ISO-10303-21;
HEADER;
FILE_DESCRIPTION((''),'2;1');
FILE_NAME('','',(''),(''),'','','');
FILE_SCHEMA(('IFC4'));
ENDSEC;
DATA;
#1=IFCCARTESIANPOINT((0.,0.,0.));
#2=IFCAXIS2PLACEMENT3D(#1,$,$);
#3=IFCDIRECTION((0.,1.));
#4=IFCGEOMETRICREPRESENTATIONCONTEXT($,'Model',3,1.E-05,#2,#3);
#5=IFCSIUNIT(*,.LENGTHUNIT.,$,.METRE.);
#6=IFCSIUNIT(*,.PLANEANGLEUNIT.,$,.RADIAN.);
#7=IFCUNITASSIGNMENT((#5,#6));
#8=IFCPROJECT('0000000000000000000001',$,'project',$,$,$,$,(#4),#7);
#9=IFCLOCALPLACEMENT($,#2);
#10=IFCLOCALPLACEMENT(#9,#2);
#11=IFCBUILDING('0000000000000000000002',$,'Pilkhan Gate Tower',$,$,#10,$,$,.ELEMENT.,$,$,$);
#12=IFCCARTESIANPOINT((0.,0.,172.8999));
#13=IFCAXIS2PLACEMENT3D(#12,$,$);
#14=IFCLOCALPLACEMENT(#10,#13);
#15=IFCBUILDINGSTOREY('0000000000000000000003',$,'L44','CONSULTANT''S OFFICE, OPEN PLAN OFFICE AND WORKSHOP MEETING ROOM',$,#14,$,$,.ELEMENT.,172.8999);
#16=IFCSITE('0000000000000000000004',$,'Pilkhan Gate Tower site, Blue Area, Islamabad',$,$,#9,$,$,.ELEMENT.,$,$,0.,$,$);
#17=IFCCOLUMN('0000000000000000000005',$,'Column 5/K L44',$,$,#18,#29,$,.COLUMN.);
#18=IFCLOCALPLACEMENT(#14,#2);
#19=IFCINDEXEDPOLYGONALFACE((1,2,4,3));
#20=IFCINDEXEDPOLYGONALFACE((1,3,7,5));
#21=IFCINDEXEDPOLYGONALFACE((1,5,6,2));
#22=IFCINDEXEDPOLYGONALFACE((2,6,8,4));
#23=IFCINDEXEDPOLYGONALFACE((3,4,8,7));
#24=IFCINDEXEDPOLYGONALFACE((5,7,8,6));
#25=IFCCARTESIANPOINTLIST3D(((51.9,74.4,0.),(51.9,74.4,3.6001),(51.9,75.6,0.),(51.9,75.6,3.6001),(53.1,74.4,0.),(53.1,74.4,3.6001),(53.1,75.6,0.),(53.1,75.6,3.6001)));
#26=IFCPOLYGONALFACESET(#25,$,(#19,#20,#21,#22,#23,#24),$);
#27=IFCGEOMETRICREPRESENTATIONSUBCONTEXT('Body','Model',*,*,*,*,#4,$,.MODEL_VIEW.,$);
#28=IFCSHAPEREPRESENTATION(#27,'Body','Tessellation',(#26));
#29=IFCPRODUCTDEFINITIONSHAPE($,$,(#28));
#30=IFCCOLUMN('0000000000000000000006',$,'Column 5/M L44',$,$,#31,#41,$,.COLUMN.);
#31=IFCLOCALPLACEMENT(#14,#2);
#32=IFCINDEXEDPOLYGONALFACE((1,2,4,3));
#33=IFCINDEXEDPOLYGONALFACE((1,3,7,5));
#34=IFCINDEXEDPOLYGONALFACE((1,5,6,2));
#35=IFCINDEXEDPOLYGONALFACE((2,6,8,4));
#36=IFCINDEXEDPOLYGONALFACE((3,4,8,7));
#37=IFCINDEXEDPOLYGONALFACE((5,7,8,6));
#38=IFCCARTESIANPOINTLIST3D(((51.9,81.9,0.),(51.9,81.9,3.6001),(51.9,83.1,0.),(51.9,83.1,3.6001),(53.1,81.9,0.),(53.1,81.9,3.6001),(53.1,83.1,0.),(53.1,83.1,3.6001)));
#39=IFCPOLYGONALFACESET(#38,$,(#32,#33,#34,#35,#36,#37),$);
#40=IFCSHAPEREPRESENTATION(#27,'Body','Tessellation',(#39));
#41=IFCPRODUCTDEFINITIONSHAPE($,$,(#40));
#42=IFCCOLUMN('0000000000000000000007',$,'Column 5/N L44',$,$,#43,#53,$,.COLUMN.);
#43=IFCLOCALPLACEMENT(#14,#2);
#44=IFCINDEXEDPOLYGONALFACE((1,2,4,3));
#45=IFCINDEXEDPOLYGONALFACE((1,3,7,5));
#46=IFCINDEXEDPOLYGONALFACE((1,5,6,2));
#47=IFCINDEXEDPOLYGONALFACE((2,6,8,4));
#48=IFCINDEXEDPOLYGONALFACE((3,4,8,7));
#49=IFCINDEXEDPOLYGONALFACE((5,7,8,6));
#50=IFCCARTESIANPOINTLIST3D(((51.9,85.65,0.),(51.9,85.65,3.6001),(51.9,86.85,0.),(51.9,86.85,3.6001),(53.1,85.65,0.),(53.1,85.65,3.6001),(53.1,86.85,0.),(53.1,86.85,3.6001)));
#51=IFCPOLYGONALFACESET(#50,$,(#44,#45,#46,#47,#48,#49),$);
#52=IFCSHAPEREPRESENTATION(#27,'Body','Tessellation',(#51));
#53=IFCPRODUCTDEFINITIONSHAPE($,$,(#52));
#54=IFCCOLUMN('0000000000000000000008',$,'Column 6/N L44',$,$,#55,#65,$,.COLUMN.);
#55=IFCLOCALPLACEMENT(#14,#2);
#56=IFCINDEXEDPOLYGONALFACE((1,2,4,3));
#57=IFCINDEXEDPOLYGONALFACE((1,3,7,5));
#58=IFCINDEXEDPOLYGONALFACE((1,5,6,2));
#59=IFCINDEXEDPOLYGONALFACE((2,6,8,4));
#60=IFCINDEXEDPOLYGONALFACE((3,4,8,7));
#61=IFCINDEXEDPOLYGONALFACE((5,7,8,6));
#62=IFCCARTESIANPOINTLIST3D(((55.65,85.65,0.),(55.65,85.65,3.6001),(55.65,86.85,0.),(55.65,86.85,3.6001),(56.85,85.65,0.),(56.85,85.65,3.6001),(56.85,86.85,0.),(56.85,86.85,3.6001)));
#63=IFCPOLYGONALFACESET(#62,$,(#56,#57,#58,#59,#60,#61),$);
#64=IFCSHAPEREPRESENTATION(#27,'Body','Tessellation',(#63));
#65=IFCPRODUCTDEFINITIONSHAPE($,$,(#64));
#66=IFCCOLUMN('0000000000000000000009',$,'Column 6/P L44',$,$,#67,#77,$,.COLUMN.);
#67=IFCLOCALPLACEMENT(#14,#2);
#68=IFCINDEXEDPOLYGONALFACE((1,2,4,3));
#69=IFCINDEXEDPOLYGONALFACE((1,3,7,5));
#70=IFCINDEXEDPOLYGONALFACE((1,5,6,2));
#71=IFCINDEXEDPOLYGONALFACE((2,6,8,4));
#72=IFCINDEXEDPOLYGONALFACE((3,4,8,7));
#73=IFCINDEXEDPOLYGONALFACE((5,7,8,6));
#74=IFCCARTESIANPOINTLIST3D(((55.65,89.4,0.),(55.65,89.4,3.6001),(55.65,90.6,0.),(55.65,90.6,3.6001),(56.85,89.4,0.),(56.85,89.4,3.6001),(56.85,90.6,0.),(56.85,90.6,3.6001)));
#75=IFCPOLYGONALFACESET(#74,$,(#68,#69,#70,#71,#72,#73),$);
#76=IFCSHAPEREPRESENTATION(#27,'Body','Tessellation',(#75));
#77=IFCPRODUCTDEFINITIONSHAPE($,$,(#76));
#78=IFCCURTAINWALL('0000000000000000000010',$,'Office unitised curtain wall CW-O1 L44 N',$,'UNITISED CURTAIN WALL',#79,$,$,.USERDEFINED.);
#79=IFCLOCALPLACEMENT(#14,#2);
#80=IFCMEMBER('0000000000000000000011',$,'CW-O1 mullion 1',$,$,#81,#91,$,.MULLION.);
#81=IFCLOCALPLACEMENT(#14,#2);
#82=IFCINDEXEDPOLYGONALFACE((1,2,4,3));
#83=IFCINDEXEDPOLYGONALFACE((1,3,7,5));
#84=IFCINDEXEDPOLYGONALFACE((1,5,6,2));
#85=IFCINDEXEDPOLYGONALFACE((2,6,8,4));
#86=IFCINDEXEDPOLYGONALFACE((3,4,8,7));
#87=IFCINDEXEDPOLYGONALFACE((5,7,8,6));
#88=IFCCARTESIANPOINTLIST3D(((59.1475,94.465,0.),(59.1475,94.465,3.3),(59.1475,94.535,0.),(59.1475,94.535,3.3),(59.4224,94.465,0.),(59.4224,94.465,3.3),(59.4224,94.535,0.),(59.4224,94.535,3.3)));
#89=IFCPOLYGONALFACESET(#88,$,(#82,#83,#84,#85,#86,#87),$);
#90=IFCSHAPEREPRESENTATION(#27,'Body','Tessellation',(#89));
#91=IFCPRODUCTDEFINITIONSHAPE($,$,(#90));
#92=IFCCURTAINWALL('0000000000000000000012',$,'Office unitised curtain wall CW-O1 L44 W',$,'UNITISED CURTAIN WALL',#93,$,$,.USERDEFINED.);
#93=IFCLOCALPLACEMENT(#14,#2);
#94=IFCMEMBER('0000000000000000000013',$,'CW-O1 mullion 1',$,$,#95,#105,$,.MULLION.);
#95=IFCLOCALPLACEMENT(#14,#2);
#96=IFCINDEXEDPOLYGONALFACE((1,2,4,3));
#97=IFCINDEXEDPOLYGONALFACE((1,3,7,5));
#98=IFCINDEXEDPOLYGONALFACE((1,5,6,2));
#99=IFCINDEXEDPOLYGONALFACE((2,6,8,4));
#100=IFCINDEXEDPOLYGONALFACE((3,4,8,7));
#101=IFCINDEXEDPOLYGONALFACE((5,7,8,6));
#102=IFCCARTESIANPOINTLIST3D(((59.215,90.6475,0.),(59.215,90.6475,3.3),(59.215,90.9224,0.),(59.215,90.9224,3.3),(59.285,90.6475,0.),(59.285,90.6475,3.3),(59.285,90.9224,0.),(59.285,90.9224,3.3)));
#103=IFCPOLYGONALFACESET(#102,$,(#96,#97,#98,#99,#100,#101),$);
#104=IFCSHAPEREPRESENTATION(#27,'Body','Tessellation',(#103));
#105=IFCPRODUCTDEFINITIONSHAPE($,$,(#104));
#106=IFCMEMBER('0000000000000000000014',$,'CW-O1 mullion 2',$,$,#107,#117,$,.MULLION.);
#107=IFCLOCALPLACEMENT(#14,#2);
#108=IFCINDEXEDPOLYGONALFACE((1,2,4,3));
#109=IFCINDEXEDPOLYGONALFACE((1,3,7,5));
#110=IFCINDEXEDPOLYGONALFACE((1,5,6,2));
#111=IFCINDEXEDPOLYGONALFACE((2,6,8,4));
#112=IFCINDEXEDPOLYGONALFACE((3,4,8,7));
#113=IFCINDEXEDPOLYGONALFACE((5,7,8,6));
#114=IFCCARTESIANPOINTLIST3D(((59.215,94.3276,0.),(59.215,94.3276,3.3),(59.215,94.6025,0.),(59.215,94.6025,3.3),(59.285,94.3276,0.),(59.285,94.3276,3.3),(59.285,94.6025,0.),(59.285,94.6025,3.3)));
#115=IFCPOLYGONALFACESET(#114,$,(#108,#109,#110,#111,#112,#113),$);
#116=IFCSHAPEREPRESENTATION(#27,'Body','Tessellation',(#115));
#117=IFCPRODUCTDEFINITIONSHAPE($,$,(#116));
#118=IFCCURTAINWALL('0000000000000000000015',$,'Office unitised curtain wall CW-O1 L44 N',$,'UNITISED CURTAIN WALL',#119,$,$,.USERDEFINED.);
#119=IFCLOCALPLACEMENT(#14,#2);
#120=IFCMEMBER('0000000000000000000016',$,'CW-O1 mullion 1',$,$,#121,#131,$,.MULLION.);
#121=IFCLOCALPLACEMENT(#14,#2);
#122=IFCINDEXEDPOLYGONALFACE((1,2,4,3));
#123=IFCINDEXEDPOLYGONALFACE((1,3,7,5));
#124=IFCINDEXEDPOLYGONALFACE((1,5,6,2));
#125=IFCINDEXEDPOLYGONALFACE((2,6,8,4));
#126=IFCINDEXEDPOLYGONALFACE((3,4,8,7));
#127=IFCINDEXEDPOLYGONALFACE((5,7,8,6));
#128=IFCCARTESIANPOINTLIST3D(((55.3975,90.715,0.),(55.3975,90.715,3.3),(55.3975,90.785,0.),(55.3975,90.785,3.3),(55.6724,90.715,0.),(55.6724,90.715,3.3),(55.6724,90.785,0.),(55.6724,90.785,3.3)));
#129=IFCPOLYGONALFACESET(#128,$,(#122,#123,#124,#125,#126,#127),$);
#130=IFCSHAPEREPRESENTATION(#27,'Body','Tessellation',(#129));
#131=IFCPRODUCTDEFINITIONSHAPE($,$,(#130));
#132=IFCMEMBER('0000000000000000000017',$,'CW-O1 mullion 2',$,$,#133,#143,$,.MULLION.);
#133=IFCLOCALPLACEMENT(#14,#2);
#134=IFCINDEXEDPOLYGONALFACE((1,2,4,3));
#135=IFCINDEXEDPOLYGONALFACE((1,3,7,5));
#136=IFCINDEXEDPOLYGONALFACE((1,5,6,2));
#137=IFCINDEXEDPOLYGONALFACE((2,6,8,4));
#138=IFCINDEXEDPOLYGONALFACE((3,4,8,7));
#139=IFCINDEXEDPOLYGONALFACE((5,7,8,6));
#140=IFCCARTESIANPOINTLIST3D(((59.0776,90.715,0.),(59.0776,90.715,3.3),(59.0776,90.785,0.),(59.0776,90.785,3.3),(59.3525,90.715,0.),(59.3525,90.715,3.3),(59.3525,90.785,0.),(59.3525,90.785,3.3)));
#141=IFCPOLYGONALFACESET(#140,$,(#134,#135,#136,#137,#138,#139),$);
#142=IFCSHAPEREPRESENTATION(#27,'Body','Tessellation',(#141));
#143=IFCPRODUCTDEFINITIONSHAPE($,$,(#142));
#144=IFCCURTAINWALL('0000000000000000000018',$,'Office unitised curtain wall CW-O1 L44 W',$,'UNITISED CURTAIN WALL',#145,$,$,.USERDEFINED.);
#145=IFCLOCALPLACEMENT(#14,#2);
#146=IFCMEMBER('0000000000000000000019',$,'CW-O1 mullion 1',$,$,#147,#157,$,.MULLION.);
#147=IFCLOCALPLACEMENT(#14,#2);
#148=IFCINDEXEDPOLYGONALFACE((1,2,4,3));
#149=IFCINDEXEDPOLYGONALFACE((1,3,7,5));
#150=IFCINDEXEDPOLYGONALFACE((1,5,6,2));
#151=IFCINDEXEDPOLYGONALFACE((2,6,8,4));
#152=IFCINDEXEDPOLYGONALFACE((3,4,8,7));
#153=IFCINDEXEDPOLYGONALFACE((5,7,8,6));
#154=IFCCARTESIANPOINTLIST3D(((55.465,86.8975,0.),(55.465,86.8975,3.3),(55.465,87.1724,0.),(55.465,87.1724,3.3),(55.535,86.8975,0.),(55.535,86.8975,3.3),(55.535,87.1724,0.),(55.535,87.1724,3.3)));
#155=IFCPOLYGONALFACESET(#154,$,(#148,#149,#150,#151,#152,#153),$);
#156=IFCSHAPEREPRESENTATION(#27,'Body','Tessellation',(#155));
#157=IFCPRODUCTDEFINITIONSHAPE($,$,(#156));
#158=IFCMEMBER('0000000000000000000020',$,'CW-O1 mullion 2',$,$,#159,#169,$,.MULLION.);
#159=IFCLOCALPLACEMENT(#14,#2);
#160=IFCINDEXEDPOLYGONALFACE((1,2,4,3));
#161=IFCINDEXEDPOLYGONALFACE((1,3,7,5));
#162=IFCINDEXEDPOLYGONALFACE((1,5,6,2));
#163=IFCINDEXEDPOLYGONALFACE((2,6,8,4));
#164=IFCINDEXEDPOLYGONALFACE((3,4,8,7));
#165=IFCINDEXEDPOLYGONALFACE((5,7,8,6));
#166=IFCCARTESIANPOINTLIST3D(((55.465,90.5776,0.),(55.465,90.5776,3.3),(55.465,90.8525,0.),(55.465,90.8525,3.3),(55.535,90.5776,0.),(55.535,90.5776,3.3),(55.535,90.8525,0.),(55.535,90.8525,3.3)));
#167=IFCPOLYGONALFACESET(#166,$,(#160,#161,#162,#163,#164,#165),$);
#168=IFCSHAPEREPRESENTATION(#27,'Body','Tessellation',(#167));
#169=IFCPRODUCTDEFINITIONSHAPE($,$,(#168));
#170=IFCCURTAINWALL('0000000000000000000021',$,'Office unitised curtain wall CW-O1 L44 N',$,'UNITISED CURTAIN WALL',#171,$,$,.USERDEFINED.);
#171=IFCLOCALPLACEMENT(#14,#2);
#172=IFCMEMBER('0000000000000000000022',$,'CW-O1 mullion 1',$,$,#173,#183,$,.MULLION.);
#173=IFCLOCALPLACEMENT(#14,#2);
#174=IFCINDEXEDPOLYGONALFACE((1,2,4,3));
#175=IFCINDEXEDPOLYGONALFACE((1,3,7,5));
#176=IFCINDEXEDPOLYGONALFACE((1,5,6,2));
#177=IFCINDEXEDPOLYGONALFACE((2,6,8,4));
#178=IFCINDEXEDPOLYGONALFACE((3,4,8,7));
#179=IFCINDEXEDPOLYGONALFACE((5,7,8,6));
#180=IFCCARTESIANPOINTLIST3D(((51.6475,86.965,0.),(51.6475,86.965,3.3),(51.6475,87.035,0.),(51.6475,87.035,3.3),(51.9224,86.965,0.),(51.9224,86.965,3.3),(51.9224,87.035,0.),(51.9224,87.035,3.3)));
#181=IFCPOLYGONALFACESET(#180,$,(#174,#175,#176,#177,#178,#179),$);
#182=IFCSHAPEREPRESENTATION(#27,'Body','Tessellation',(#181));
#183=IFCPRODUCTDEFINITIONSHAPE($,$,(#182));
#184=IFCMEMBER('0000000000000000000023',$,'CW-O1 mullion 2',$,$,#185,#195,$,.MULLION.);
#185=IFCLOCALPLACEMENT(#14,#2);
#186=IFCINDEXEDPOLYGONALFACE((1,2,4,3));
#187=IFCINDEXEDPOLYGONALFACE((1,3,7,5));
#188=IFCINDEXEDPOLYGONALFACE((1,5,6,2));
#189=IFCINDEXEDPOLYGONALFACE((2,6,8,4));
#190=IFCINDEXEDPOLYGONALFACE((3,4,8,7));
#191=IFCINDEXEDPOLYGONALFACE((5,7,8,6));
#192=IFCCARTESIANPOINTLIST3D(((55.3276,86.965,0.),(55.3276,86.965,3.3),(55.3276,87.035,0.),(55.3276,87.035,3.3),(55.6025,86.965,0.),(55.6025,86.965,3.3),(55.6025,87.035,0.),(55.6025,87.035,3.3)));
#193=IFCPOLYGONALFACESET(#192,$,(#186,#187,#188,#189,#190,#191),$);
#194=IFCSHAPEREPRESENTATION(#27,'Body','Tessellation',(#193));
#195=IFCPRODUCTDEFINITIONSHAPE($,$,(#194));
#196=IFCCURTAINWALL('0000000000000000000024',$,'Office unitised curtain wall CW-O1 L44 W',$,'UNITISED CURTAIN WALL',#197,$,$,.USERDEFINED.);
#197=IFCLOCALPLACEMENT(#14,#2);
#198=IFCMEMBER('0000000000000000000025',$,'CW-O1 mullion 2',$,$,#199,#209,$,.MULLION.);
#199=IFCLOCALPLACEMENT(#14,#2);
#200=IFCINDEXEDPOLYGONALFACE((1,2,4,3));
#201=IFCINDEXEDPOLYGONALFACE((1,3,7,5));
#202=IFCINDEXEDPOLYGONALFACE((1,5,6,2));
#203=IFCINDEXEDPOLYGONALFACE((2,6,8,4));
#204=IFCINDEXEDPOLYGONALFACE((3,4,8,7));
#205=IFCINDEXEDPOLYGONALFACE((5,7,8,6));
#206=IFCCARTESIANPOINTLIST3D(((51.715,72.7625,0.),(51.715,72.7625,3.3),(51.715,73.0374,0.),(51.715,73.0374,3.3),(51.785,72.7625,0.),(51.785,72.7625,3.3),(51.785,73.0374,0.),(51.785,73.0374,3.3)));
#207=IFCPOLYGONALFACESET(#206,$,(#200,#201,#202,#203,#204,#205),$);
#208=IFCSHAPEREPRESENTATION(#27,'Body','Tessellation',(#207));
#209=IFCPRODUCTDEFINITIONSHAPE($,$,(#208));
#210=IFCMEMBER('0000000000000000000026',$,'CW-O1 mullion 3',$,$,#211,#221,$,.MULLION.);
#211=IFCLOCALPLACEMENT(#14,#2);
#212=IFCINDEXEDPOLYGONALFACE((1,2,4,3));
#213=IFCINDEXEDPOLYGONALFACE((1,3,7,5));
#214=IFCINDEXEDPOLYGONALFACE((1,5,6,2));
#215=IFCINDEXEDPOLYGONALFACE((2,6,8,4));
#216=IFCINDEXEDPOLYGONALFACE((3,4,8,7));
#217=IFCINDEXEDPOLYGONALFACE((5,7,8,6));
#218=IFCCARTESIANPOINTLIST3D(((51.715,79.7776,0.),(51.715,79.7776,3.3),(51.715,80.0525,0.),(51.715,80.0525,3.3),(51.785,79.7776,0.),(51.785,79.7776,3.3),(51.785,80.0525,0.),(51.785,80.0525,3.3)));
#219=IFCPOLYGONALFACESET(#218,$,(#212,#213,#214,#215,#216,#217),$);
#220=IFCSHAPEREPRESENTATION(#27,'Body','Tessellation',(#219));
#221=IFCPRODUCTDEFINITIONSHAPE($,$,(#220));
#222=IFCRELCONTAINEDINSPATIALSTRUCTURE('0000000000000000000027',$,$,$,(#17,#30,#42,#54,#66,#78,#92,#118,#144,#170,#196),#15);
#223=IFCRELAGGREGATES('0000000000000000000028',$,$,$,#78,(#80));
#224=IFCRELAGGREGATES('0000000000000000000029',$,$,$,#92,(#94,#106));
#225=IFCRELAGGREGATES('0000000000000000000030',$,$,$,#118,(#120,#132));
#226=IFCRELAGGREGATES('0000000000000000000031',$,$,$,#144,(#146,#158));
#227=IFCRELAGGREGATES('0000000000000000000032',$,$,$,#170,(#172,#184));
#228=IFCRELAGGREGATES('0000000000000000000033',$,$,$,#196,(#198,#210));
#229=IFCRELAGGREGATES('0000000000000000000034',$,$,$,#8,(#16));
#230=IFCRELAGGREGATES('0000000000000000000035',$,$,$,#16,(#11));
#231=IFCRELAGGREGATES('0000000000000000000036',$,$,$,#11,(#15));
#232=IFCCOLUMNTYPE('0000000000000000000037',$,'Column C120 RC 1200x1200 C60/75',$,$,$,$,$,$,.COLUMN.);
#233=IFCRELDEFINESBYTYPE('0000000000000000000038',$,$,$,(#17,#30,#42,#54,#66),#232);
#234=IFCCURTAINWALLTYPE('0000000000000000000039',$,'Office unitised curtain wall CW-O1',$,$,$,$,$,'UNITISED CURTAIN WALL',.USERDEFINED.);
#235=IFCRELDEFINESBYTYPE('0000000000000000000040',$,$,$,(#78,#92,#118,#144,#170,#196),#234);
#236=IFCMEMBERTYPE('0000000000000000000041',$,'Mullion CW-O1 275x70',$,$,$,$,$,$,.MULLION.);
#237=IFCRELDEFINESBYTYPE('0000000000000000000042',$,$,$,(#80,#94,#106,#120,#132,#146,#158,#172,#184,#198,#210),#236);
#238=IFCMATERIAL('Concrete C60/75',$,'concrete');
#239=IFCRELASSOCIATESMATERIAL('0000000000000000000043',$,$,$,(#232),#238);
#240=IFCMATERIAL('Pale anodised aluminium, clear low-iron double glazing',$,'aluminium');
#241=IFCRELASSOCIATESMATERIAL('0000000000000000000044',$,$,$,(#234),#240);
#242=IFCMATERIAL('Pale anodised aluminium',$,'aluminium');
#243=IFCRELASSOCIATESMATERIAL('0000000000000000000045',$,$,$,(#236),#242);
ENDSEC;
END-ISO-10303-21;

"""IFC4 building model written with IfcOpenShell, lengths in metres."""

from ifc_helpers import new_model, si_unit, direction, frame, origin, origin_2d, place, context, subcontext, project, spatial, rectangle, extrude, material, material_profile, profile_set, type_object, element, aggregate, save


model = new_model("IFC4")

# Units and contexts
model_context = context("Model", 3, precision=1e-05, world=origin(), true_north=direction((0.0, 1.0)))
body_context = subcontext(model_context, "Body", "Model", "MODEL_VIEW")
ifc_project = project(units=[si_unit("LENGTHUNIT", "METRE"), si_unit("PLANEANGLEUNIT", "RADIAN")], contexts=[model_context])

# Site, building, storey
site_placement = place(None, origin())
site = spatial("IfcSite", under=ifc_project, at=site_placement, Name="Pilkhan Gate Tower site, Blue Area, Islamabad", CompositionType="ELEMENT", RefElevation=0.0)
building_placement = place(site_placement, origin())
building = spatial("IfcBuilding", under=site, at=building_placement, Name="Pilkhan Gate Tower", CompositionType="ELEMENT")
storey_placement = place(building_placement, frame((0.0, 0.0, 172.8999)))
storey = spatial("IfcBuildingStorey", under=building, at=storey_placement, Name="L44", Description="CONSULTANT'S OFFICE, OPEN PLAN OFFICE AND WORKSHOP MEETING ROOM", CompositionType="ELEMENT", Elevation=172.8999)

# Columns
ifc_material_1 = material(Name="Concrete C60/75", Category="concrete")
ifc_material_profile_1 = material_profile(ifc_material_1, rectangle(XDim=1.2, YDim=1.2, at=origin_2d()), Name="RC 1200x1200")
ifc_profile_set_1 = profile_set([ifc_material_profile_1], Name="Concrete C60/75")
column_type = type_object("IfcColumnType", Name="Column C120 RC 1200x1200 C60/75", PredefinedType="COLUMN", material=ifc_profile_set_1)
for number, where, z_axis, x_axis, name in (
    (1, (52.5, 75.0, 0.0), (0.0, 0.0, 1.0), (1.0, 0.0, 0.0), "Column 5/K L44"),
    (2, (52.5, 82.5, 0.0), (0.0, 0.0, 1.0), (1.0, 0.0, 0.0), "Column 5/M L44"),
    (3, (52.5, 86.25, 0.0), (0.0, 0.0, 1.0), (1.0, 0.0, 0.0), "Column 5/N L44"),
    (4, (56.25, 86.25, 0.0), (0.0, 0.0, 1.0), (1.0, 0.0, 0.0), "Column 6/N L44"),
    (5, (56.25, 90.0, 0.0), (0.0, 0.0, 1.0), (1.0, 0.0, 0.0), "Column 6/P L44"),
):
    element("IfcColumn", number, at=place(storey_placement, frame(where, z_axis=z_axis, x_axis=x_axis)), inside=storey, type_object=column_type, Name=name, PredefinedType="COLUMN", context=body_context, shape_type="SweptSolid", body=[
        extrude(rectangle(XDim=1.2, YDim=1.2, at=origin_2d()), origin(), (0.0, 0.0, 1.0), 3.6001),
    ])

# Curtain wall, member
ifc_material_2 = material(Name="Pale anodised aluminium, clear low-iron double glazing", Category="aluminium")
curtain_wall_type = type_object("IfcCurtainWallType", Name="Office unitised curtain wall CW-O1", ElementType="UNITISED CURTAIN WALL", PredefinedType="USERDEFINED", material=ifc_material_2)
curtain_wall_1_placement = place(storey_placement, origin())
curtain_wall_1 = element("IfcCurtainWall", 6, at=curtain_wall_1_placement, inside=storey, type_object=curtain_wall_type, Name="Office unitised curtain wall CW-O1 L44 N", ObjectType="UNITISED CURTAIN WALL", PredefinedType="USERDEFINED")
ifc_material_3 = material(Name="Pale anodised aluminium", Category="aluminium")
ifc_material_profile_2 = material_profile(ifc_material_3, rectangle(XDim=0.0701, YDim=0.2749, at=origin_2d()), Name="Mullion 275x70")
ifc_profile_set_2 = profile_set([ifc_material_profile_2], Name="Pale anodised aluminium")
member_type_1 = type_object("IfcMemberType", Name="Mullion CW-O1 275x70", PredefinedType="MULLION", material=ifc_profile_set_2)
member_1_placement = place(storey_placement, frame((59.2849, 94.5, 0.0), z_axis=(0.0, 0.0, 1.0), x_axis=(0.0, 1.0, 0.0)))
member_1 = element("IfcMember", 7, at=member_1_placement, type_object=member_type_1, Name="CW-O1 mullion 1", PredefinedType="MULLION", context=body_context, shape_type="SweptSolid", body=[
    extrude(rectangle(XDim=0.0701, YDim=0.2749, at=origin_2d()), origin(), (0.0, 0.0, 1.0), 3.3),
])

# Curtain walls, members
curtain_wall_2_placement = place(storey_placement, origin())
curtain_wall_2 = element("IfcCurtainWall", 8, at=curtain_wall_2_placement, inside=storey, type_object=curtain_wall_type, Name="Office unitised curtain wall CW-O1 L44 W", ObjectType="UNITISED CURTAIN WALL", PredefinedType="USERDEFINED")
member_2_placement = place(storey_placement, frame((59.25, 90.7849, 0.0), z_axis=(0.0, 0.0, 1.0), x_axis=(-1.0, 0.0, 0.0)))
member_2 = element("IfcMember", 9, at=member_2_placement, type_object=member_type_1, Name="CW-O1 mullion 1", PredefinedType="MULLION", context=body_context, shape_type="SweptSolid", body=[
    extrude(rectangle(XDim=0.0701, YDim=0.2749, at=origin_2d()), origin(), (0.0, 0.0, 1.0), 3.3),
])
member_3_placement = place(storey_placement, frame((59.25, 94.4651, 0.0), z_axis=(0.0, 0.0, 1.0), x_axis=(-1.0, 0.0, 0.0)))
member_3 = element("IfcMember", 10, at=member_3_placement, type_object=member_type_1, Name="CW-O1 mullion 2", PredefinedType="MULLION", context=body_context, shape_type="SweptSolid", body=[
    extrude(rectangle(XDim=0.0701, YDim=0.2749, at=origin_2d()), origin(), (0.0, 0.0, 1.0), 3.3),
])
curtain_wall_3_placement = place(storey_placement, origin())
curtain_wall_3 = element("IfcCurtainWall", 11, at=curtain_wall_3_placement, inside=storey, type_object=curtain_wall_type, Name="Office unitised curtain wall CW-O1 L44 N", ObjectType="UNITISED CURTAIN WALL", PredefinedType="USERDEFINED")
member_4_placement = place(storey_placement, frame((55.5349, 90.75, 0.0), z_axis=(0.0, 0.0, 1.0), x_axis=(0.0, 1.0, 0.0)))
member_4 = element("IfcMember", 12, at=member_4_placement, type_object=member_type_1, Name="CW-O1 mullion 1", PredefinedType="MULLION", context=body_context, shape_type="SweptSolid", body=[
    extrude(rectangle(XDim=0.0701, YDim=0.2749, at=origin_2d()), origin(), (0.0, 0.0, 1.0), 3.3),
])
member_5_placement = place(storey_placement, frame((59.2151, 90.75, 0.0), z_axis=(0.0, 0.0, 1.0), x_axis=(0.0, 1.0, 0.0)))
member_5 = element("IfcMember", 13, at=member_5_placement, type_object=member_type_1, Name="CW-O1 mullion 2", PredefinedType="MULLION", context=body_context, shape_type="SweptSolid", body=[
    extrude(rectangle(XDim=0.0701, YDim=0.2749, at=origin_2d()), origin(), (0.0, 0.0, 1.0), 3.3),
])
curtain_wall_4_placement = place(storey_placement, origin())
curtain_wall_4 = element("IfcCurtainWall", 14, at=curtain_wall_4_placement, inside=storey, type_object=curtain_wall_type, Name="Office unitised curtain wall CW-O1 L44 W", ObjectType="UNITISED CURTAIN WALL", PredefinedType="USERDEFINED")
member_6_placement = place(storey_placement, frame((55.5, 87.0349, 0.0), z_axis=(0.0, 0.0, 1.0), x_axis=(-1.0, 0.0, 0.0)))
member_6 = element("IfcMember", 15, at=member_6_placement, type_object=member_type_1, Name="CW-O1 mullion 1", PredefinedType="MULLION", context=body_context, shape_type="SweptSolid", body=[
    extrude(rectangle(XDim=0.0701, YDim=0.2749, at=origin_2d()), origin(), (0.0, 0.0, 1.0), 3.3),
])
member_7_placement = place(storey_placement, frame((55.5, 90.7151, 0.0), z_axis=(0.0, 0.0, 1.0), x_axis=(-1.0, 0.0, 0.0)))
member_7 = element("IfcMember", 16, at=member_7_placement, type_object=member_type_1, Name="CW-O1 mullion 2", PredefinedType="MULLION", context=body_context, shape_type="SweptSolid", body=[
    extrude(rectangle(XDim=0.0701, YDim=0.2749, at=origin_2d()), origin(), (0.0, 0.0, 1.0), 3.3),
])
curtain_wall_5_placement = place(storey_placement, origin())
curtain_wall_5 = element("IfcCurtainWall", 17, at=curtain_wall_5_placement, inside=storey, type_object=curtain_wall_type, Name="Office unitised curtain wall CW-O1 L44 N", ObjectType="UNITISED CURTAIN WALL", PredefinedType="USERDEFINED")
member_8_placement = place(storey_placement, frame((51.7849, 87.0, 0.0), z_axis=(0.0, 0.0, 1.0), x_axis=(0.0, 1.0, 0.0)))
member_8 = element("IfcMember", 18, at=member_8_placement, type_object=member_type_1, Name="CW-O1 mullion 1", PredefinedType="MULLION", context=body_context, shape_type="SweptSolid", body=[
    extrude(rectangle(XDim=0.0701, YDim=0.2749, at=origin_2d()), origin(), (0.0, 0.0, 1.0), 3.3),
])
member_9_placement = place(storey_placement, frame((55.4651, 87.0, 0.0), z_axis=(0.0, 0.0, 1.0), x_axis=(0.0, 1.0, 0.0)))
member_9 = element("IfcMember", 19, at=member_9_placement, type_object=member_type_1, Name="CW-O1 mullion 2", PredefinedType="MULLION", context=body_context, shape_type="SweptSolid", body=[
    extrude(rectangle(XDim=0.0701, YDim=0.2749, at=origin_2d()), origin(), (0.0, 0.0, 1.0), 3.3),
])
curtain_wall_6_placement = place(storey_placement, origin())
curtain_wall_6 = element("IfcCurtainWall", 20, at=curtain_wall_6_placement, inside=storey, type_object=curtain_wall_type, Name="Office unitised curtain wall CW-O1 L44 W", ObjectType="UNITISED CURTAIN WALL", PredefinedType="USERDEFINED")
member_10_placement = place(storey_placement, frame((51.75, 72.8999, 0.0), z_axis=(0.0, 0.0, 1.0), x_axis=(-1.0, 0.0, 0.0)))
member_10 = element("IfcMember", 21, at=member_10_placement, type_object=member_type_1, Name="CW-O1 mullion 2", PredefinedType="MULLION", context=body_context, shape_type="SweptSolid", body=[
    extrude(rectangle(XDim=0.0701, YDim=0.2749, at=origin_2d()), origin(), (0.0, 0.0, 1.0), 3.3),
])
member_11_placement = place(storey_placement, frame((51.75, 79.915, 0.0), z_axis=(0.0, 0.0, 1.0), x_axis=(-1.0, 0.0, 0.0)))
member_11 = element("IfcMember", 22, at=member_11_placement, type_object=member_type_1, Name="CW-O1 mullion 3", PredefinedType="MULLION", context=body_context, shape_type="SweptSolid", body=[
    extrude(rectangle(XDim=0.0701, YDim=0.2749, at=origin_2d()), origin(), (0.0, 0.0, 1.0), 3.3),
])

aggregate(curtain_wall_1, [member_1])

aggregate(curtain_wall_2, [member_2, member_3])
aggregate(curtain_wall_3, [member_4, member_5])
aggregate(curtain_wall_4, [member_6, member_7])
aggregate(curtain_wall_5, [member_8, member_9])
aggregate(curtain_wall_6, [member_10, member_11])

save(model, "model.ifc")
